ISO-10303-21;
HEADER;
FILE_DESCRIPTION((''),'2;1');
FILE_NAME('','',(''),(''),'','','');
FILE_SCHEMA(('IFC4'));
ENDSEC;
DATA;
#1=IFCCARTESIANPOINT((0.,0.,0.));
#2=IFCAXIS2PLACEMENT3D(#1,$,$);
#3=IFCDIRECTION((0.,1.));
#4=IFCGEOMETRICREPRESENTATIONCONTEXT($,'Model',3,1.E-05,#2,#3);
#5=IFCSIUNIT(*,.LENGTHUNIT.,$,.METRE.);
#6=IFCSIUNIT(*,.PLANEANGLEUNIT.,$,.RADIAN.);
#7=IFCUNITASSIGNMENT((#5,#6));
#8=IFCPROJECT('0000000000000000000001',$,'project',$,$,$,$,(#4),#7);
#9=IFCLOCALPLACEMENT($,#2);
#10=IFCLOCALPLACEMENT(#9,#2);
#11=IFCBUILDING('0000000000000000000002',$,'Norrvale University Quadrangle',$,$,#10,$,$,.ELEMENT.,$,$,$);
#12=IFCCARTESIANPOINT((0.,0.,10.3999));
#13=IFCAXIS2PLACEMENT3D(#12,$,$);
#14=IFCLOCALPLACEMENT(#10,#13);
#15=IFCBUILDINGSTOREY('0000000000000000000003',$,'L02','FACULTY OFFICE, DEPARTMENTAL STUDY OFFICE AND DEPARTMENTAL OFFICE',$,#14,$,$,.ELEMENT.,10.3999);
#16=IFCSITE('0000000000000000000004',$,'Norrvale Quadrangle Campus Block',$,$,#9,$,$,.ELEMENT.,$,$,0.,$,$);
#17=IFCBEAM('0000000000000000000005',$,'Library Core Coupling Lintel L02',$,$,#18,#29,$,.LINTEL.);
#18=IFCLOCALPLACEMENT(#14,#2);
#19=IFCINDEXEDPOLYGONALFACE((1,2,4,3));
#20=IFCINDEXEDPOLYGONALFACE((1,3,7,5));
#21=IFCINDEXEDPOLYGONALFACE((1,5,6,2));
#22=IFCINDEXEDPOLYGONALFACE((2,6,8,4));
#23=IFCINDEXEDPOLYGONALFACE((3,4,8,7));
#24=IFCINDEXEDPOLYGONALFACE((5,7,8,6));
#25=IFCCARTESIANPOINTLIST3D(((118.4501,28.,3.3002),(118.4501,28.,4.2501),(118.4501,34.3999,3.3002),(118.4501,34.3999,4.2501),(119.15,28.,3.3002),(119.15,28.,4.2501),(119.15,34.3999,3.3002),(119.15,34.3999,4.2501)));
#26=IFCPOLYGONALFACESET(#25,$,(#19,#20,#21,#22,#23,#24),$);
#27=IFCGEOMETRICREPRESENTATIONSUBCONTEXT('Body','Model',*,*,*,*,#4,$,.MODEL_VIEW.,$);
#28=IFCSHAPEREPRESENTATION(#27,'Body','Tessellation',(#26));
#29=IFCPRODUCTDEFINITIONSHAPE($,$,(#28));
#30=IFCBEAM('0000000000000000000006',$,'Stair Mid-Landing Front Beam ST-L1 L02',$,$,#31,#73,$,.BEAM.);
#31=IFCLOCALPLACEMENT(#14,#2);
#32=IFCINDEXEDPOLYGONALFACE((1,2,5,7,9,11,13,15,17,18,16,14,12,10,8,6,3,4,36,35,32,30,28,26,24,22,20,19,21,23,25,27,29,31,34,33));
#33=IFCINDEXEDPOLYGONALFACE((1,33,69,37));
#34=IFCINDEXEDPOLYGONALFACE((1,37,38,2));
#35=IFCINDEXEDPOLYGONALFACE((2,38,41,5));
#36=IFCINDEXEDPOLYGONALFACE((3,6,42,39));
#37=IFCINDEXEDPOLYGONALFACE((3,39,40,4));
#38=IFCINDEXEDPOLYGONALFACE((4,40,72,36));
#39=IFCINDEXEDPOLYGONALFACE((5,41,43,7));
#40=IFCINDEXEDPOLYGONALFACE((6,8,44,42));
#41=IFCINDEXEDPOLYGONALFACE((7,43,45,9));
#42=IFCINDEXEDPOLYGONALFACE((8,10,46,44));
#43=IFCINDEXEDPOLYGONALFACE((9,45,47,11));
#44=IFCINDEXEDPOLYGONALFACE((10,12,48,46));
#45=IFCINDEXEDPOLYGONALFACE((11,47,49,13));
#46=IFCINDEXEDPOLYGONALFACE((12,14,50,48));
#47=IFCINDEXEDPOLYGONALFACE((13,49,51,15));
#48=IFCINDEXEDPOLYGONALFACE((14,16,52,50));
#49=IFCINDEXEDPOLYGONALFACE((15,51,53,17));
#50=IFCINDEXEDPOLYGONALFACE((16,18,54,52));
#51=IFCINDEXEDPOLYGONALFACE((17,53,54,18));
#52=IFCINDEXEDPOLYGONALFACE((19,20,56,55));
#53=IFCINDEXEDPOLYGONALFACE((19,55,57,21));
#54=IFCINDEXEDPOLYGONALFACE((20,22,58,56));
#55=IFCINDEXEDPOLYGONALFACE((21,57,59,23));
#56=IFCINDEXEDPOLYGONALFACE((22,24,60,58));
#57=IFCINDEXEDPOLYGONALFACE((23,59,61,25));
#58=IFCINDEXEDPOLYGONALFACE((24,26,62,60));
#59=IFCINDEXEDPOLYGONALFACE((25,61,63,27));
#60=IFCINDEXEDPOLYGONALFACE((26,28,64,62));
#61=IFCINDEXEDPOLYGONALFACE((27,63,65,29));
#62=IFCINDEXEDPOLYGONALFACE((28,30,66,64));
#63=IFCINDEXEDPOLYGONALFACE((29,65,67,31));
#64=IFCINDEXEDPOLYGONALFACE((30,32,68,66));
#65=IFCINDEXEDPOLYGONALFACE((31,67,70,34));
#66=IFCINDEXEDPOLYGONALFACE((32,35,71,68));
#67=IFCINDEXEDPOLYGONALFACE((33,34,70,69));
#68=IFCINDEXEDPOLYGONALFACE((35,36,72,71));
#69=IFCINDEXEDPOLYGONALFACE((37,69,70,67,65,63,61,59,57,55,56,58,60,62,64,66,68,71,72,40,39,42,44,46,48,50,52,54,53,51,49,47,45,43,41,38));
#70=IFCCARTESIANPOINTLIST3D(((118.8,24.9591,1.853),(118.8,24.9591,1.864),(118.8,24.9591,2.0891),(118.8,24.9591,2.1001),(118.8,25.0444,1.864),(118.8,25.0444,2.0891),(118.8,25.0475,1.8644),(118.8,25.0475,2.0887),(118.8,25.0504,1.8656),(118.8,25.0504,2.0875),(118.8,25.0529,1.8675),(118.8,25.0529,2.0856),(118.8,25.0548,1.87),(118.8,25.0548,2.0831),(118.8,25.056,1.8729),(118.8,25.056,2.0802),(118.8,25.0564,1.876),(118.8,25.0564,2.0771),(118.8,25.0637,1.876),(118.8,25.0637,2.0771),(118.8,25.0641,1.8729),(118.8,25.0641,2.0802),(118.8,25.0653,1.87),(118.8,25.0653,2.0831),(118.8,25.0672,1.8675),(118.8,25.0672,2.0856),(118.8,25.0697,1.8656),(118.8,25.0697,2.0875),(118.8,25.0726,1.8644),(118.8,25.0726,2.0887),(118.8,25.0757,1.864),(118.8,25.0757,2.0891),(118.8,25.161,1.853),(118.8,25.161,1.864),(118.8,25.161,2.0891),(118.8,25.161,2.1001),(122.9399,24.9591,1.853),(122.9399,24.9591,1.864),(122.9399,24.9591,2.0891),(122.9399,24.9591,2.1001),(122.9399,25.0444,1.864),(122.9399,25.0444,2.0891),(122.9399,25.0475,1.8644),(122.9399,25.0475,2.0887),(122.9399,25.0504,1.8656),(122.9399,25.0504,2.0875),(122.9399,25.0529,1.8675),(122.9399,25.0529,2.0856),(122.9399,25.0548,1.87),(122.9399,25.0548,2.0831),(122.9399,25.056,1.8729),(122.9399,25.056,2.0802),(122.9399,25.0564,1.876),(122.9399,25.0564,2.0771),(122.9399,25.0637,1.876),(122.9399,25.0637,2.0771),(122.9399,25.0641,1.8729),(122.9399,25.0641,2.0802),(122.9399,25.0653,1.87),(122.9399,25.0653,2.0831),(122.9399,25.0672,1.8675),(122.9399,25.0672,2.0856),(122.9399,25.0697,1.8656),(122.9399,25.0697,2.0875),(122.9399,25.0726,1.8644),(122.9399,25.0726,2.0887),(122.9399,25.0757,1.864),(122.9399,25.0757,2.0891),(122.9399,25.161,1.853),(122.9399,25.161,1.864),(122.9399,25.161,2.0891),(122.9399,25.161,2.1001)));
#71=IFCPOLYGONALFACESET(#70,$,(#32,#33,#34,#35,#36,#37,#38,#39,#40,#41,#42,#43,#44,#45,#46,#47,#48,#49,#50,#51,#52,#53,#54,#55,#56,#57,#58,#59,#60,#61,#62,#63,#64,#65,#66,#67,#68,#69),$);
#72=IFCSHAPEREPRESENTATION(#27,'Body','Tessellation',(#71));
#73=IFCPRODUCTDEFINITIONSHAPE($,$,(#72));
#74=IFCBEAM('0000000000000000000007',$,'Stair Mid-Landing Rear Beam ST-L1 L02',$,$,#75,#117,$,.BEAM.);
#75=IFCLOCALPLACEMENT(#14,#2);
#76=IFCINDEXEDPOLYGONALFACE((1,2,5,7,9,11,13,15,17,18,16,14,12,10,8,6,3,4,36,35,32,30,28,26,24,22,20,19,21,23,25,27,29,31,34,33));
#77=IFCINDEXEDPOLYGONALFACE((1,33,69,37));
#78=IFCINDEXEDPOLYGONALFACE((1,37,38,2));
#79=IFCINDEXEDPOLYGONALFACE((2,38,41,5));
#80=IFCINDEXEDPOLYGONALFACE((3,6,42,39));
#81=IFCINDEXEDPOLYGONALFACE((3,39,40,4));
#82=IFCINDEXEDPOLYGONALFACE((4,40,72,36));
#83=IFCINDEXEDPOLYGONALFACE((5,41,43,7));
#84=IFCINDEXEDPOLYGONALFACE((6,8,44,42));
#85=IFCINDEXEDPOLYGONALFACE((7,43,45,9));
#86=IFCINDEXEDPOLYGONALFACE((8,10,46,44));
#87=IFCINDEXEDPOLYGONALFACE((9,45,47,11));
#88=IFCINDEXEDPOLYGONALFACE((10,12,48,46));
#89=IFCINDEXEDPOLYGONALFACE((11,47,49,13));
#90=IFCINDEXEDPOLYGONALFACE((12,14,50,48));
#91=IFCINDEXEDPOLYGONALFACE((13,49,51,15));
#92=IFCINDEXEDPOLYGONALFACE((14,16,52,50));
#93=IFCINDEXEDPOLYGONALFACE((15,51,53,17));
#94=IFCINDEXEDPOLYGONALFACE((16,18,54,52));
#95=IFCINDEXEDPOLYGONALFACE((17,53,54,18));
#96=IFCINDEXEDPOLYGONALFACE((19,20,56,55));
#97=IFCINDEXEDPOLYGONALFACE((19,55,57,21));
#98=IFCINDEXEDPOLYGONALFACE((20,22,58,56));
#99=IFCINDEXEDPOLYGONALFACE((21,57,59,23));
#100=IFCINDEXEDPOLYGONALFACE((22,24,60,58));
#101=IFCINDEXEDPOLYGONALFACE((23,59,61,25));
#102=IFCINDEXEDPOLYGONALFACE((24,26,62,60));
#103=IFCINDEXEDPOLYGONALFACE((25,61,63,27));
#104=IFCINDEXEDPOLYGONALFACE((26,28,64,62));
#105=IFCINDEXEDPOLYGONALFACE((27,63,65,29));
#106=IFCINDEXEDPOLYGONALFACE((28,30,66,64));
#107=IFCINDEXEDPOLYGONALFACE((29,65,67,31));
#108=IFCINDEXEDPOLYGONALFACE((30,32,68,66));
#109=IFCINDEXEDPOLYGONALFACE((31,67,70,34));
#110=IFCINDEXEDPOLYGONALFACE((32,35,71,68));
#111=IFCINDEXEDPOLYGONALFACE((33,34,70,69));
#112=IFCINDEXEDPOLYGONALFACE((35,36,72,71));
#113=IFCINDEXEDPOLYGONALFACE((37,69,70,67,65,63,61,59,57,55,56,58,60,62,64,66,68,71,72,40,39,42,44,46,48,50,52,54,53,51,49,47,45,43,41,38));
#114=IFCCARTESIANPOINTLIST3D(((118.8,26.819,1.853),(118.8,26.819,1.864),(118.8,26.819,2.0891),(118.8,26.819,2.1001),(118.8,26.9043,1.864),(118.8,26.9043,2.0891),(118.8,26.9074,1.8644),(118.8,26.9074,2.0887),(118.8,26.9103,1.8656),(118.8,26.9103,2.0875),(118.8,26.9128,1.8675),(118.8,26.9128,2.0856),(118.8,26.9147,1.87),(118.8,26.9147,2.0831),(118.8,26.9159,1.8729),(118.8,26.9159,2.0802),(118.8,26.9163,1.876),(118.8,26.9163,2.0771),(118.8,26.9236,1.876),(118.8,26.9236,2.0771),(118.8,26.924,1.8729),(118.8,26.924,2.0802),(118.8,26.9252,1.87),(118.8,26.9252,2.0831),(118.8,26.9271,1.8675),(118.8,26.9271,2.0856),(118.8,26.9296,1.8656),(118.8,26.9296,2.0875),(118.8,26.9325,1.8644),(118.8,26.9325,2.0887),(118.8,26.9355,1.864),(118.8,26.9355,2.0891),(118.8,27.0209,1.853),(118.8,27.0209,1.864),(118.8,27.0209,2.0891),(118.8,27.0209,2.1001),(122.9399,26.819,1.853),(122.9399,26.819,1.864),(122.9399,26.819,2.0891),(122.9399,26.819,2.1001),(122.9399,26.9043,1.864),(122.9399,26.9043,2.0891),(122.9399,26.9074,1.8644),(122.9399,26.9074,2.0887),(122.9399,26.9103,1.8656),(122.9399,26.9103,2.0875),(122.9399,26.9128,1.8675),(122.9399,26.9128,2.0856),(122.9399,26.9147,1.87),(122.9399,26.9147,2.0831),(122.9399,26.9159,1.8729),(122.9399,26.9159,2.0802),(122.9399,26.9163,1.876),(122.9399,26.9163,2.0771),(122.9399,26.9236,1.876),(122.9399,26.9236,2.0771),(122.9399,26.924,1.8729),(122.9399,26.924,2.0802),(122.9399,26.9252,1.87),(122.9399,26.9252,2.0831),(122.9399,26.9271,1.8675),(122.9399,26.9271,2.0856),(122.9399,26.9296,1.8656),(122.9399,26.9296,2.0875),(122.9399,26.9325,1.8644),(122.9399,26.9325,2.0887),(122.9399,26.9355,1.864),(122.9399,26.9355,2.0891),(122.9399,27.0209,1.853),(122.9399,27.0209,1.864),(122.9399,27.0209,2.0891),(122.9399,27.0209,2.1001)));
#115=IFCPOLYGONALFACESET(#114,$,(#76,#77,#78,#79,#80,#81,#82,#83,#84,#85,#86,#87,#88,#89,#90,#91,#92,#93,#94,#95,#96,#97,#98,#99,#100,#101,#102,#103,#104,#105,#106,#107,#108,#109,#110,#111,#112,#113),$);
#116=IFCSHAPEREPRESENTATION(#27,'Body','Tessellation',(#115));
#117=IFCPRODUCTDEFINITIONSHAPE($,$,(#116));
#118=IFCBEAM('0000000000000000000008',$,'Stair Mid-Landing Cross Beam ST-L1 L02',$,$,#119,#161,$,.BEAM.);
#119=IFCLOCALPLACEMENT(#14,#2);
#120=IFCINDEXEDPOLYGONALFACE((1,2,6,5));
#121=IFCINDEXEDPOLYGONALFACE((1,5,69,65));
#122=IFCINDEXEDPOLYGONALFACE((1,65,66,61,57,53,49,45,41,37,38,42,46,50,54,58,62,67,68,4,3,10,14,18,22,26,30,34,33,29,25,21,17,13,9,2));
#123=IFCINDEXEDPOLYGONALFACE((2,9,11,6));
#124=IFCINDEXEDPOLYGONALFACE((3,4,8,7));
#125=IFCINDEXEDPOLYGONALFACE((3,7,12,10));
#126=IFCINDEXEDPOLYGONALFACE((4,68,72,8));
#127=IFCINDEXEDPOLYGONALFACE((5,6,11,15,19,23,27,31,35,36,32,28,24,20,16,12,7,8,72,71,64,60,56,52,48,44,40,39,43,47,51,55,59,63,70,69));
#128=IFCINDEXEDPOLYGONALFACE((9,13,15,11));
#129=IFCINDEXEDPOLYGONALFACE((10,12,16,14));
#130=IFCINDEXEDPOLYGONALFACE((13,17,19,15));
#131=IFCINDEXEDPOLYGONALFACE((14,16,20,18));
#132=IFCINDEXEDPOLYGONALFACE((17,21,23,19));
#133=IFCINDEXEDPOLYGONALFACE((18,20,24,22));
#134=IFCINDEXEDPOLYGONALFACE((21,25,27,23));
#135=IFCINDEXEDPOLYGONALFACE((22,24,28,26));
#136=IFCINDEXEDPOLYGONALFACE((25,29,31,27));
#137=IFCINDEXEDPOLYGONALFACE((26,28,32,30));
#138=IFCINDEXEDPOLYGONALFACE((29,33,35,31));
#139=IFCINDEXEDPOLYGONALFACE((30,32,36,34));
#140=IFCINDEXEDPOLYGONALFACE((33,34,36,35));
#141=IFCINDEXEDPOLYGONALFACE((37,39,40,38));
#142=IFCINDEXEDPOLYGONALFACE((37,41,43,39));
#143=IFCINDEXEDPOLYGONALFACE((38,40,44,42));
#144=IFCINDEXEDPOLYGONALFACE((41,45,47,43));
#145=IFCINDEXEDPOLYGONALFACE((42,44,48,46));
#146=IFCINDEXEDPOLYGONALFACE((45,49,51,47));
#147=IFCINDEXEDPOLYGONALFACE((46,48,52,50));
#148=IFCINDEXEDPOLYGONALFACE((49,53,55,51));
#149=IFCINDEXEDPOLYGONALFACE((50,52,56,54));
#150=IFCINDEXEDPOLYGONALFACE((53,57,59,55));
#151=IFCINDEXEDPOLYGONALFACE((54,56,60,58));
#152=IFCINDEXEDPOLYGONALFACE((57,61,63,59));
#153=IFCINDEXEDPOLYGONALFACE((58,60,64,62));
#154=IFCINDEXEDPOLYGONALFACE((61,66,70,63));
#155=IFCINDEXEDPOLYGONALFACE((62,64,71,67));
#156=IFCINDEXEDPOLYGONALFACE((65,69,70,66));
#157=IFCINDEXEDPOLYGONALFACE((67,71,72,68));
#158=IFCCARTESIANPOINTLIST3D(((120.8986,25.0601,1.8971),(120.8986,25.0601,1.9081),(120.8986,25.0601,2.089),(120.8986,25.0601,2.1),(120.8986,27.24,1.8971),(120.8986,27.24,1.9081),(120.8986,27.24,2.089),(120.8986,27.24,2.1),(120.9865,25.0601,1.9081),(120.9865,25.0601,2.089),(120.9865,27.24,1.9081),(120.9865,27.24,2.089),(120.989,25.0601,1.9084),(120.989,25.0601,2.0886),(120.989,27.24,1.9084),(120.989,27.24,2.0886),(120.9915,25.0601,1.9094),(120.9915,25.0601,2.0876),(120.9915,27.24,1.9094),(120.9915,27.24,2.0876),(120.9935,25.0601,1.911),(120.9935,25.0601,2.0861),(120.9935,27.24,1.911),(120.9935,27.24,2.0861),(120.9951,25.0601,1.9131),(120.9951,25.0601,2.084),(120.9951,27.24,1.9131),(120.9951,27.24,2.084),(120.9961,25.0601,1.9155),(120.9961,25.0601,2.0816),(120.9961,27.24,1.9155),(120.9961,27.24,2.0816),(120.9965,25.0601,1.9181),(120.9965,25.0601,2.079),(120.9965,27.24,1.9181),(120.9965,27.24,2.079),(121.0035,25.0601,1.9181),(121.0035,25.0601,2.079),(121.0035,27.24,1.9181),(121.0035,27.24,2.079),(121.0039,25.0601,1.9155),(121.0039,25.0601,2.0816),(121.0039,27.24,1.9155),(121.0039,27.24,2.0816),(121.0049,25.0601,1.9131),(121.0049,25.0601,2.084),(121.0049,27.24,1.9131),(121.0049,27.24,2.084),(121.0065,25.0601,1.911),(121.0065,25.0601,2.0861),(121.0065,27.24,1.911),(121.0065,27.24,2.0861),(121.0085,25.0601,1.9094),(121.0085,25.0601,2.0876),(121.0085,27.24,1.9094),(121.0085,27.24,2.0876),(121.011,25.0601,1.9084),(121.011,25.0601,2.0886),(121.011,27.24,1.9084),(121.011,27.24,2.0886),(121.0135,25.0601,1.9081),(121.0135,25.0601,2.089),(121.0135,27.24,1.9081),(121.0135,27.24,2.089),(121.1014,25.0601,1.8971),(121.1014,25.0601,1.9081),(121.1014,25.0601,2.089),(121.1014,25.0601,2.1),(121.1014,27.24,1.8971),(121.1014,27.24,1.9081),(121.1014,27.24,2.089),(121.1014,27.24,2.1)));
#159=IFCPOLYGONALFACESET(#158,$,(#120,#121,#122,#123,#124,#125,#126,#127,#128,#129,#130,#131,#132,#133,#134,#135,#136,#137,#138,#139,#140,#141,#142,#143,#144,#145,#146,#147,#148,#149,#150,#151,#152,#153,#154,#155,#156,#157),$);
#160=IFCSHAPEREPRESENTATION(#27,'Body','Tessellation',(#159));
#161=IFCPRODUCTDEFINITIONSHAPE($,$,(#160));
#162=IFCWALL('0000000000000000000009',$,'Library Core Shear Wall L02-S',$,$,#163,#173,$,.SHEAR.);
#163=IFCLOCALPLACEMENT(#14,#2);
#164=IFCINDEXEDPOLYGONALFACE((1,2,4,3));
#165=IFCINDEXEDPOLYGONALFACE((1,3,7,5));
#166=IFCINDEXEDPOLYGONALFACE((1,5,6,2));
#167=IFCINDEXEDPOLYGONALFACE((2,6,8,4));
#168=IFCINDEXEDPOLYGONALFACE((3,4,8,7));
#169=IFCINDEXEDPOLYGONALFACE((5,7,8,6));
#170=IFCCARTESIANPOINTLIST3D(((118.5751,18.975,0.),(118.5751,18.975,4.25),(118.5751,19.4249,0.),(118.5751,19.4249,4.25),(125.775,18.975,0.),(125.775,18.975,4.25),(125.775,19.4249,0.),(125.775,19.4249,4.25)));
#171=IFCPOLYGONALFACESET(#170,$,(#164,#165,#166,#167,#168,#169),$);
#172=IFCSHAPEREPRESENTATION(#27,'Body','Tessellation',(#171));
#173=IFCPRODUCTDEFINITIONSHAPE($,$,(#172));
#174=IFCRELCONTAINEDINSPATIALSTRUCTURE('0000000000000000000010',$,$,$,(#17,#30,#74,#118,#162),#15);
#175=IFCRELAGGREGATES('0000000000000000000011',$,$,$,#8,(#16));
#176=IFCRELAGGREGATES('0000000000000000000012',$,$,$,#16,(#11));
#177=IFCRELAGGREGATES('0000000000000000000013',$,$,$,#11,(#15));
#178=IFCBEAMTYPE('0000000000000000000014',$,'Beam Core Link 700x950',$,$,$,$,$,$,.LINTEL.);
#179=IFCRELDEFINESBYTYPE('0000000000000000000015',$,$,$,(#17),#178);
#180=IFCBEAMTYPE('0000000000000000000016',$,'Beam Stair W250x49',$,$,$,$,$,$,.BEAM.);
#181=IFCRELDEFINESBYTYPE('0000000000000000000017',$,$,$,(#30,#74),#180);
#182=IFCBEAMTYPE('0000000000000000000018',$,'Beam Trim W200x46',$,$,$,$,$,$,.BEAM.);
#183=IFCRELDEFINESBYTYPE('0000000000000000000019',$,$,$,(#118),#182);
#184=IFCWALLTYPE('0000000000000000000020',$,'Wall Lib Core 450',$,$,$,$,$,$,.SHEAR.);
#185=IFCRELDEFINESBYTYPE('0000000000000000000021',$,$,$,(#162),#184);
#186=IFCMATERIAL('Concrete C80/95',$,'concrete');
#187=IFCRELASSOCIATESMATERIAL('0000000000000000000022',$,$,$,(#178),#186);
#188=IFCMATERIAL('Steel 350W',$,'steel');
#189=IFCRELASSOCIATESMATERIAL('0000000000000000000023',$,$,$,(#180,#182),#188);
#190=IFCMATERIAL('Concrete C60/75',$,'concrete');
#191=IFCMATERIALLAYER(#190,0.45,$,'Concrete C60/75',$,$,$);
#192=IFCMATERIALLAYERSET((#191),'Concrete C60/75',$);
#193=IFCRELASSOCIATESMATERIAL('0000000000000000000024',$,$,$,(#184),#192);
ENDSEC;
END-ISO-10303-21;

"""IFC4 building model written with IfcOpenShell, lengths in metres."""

from ifc_helpers import new_model, si_unit, direction, frame, frame_2d, origin, origin_2d, place, context, subcontext, project, spatial, rectangle, i_section, extrude, material, layer, layer_set, material_profile, profile_set, type_object, element, save


model = new_model("IFC4")

# Units and contexts
model_context = context("Model", 3, precision=1e-05, world=origin(), true_north=direction((0.0, 1.0)))
body_context = subcontext(model_context, "Body", "Model", "MODEL_VIEW")
ifc_project = project(units=[si_unit("LENGTHUNIT", "METRE"), si_unit("PLANEANGLEUNIT", "RADIAN")], contexts=[model_context])

# Site, building, storey
site_placement = place(None, origin())
site = spatial("IfcSite", under=ifc_project, at=site_placement, Name="Norrvale Quadrangle Campus Block", CompositionType="ELEMENT", RefElevation=0.0)
building_placement = place(site_placement, origin())
building = spatial("IfcBuilding", under=site, at=building_placement, Name="Norrvale University Quadrangle", CompositionType="ELEMENT")
storey_placement = place(building_placement, frame((0.0, 0.0, 10.3999)))
storey = spatial("IfcBuildingStorey", under=building, at=storey_placement, Name="L02", Description="FACULTY OFFICE, DEPARTMENTAL STUDY OFFICE AND DEPARTMENTAL OFFICE", CompositionType="ELEMENT", Elevation=10.3999)

# Beams
ifc_material_1 = material(Name="Concrete C80/95", Category="concrete")
ifc_material_profile_1 = material_profile(ifc_material_1, rectangle(XDim=0.7, YDim=0.95, at=origin_2d()), Name="Concrete C80/95")
ifc_profile_set_1 = profile_set([ifc_material_profile_1], Name="Concrete C80/95")
beam_type_1 = type_object("IfcBeamType", Name="Beam Core Link 700x950", PredefinedType="LINTEL", material=ifc_profile_set_1)
beam_1_placement = place(storey_placement, frame((118.8, 28.0, 3.7751), z_axis=(0.0, 1.0, 0.0), x_axis=(-1.0, 0.0, 0.0)))
element("IfcBeam", 1, at=beam_1_placement, inside=storey, type_object=beam_type_1, Name="Library Core Coupling Lintel L02", PredefinedType="LINTEL", context=body_context, shape_type="SweptSolid", body=[
    extrude(rectangle(XDim=0.7, YDim=0.95, at=origin_2d()), origin(), (0.0, 0.0, 1.0), 6.3999),
])
ifc_material_2 = material(Name="Steel 350W", Category="steel")
ifc_material_profile_2 = material_profile(ifc_material_2, i_section(OverallWidth=0.2019, OverallDepth=0.2471, WebThickness=0.0073, FlangeThickness=0.011, FilletRadius=0.012, at=origin_2d()), Name="Steel 350W")
ifc_profile_set_2 = profile_set([ifc_material_profile_2], Name="Steel 350W")
beam_type_2 = type_object("IfcBeamType", Name="Beam Stair W250x49", PredefinedType="BEAM", material=ifc_profile_set_2)
for number, where, z_axis, x_axis, name in (
    (2, (118.8, 25.0601, 1.9766), (1.0, 0.0, 0.0), (0.0, 1.0, 0.0), "Stair Mid-Landing Front Beam ST-L1 L02"),
    (3, (118.8, 26.9199, 1.9766), (1.0, 0.0, 0.0), (0.0, 1.0, 0.0), "Stair Mid-Landing Rear Beam ST-L1 L02"),
):
    element("IfcBeam", number, at=place(storey_placement, frame(where, z_axis=z_axis, x_axis=x_axis)), inside=storey, type_object=beam_type_2, Name=name, PredefinedType="BEAM", context=body_context, shape_type="SweptSolid", body=[
        extrude(i_section(OverallWidth=0.2019, OverallDepth=0.2471, WebThickness=0.0073, FlangeThickness=0.011, FilletRadius=0.012, at=origin_2d()), origin(), (0.0, 0.0, 1.0), 4.1399),
    ])
ifc_material_profile_3 = material_profile(ifc_material_2, i_section(OverallWidth=0.2029, OverallDepth=0.2029, WebThickness=0.0071, FlangeThickness=0.011, FilletRadius=0.01, at=origin_2d()), Name="Steel 350W")
ifc_profile_set_3 = profile_set([ifc_material_profile_3], Name="Steel 350W")
beam_type_3 = type_object("IfcBeamType", Name="Beam Trim W200x46", PredefinedType="BEAM", material=ifc_profile_set_3)
beam_2_placement = place(storey_placement, frame((121.0, 25.0601, 1.9985), z_axis=(0.0, 1.0, 0.0), x_axis=(-1.0, 0.0, 0.0)))
element("IfcBeam", 4, at=beam_2_placement, inside=storey, type_object=beam_type_3, Name="Stair Mid-Landing Cross Beam ST-L1 L02", PredefinedType="BEAM", context=body_context, shape_type="SweptSolid", body=[
    extrude(i_section(OverallWidth=0.2029, OverallDepth=0.2029, WebThickness=0.0071, FlangeThickness=0.011, FilletRadius=0.01, at=origin_2d()), origin(), (0.0, 0.0, 1.0), 2.1799),
])

# Wall
ifc_material_3 = material(Name="Concrete C60/75", Category="concrete")
ifc_layer_1 = layer(ifc_material_3, 0.45, Name="Concrete C60/75")
ifc_layer_set_1 = layer_set([ifc_layer_1], Name="Concrete C60/75")
wall_type_1 = type_object("IfcWallType", Name="Wall Lib Core 450", PredefinedType="SHEAR", material=ifc_layer_set_1)
wall_1_placement = place(storey_placement, frame((118.575, 19.2, 0.0), z_axis=(0.0, 0.0, 1.0), x_axis=(1.0, 0.0, 0.0)))
element("IfcWall", 5, at=wall_1_placement, inside=storey, type_object=wall_type_1, Name="Library Core Shear Wall L02-S", PredefinedType="SHEAR", context=body_context, shape_type="SweptSolid", body=[
    extrude(rectangle(XDim=7.2, YDim=0.45, at=frame_2d((3.6001, 0.0))), origin(), (0.0, 0.0, 1.0), 4.25),
])

save(model, "model.ifc")
